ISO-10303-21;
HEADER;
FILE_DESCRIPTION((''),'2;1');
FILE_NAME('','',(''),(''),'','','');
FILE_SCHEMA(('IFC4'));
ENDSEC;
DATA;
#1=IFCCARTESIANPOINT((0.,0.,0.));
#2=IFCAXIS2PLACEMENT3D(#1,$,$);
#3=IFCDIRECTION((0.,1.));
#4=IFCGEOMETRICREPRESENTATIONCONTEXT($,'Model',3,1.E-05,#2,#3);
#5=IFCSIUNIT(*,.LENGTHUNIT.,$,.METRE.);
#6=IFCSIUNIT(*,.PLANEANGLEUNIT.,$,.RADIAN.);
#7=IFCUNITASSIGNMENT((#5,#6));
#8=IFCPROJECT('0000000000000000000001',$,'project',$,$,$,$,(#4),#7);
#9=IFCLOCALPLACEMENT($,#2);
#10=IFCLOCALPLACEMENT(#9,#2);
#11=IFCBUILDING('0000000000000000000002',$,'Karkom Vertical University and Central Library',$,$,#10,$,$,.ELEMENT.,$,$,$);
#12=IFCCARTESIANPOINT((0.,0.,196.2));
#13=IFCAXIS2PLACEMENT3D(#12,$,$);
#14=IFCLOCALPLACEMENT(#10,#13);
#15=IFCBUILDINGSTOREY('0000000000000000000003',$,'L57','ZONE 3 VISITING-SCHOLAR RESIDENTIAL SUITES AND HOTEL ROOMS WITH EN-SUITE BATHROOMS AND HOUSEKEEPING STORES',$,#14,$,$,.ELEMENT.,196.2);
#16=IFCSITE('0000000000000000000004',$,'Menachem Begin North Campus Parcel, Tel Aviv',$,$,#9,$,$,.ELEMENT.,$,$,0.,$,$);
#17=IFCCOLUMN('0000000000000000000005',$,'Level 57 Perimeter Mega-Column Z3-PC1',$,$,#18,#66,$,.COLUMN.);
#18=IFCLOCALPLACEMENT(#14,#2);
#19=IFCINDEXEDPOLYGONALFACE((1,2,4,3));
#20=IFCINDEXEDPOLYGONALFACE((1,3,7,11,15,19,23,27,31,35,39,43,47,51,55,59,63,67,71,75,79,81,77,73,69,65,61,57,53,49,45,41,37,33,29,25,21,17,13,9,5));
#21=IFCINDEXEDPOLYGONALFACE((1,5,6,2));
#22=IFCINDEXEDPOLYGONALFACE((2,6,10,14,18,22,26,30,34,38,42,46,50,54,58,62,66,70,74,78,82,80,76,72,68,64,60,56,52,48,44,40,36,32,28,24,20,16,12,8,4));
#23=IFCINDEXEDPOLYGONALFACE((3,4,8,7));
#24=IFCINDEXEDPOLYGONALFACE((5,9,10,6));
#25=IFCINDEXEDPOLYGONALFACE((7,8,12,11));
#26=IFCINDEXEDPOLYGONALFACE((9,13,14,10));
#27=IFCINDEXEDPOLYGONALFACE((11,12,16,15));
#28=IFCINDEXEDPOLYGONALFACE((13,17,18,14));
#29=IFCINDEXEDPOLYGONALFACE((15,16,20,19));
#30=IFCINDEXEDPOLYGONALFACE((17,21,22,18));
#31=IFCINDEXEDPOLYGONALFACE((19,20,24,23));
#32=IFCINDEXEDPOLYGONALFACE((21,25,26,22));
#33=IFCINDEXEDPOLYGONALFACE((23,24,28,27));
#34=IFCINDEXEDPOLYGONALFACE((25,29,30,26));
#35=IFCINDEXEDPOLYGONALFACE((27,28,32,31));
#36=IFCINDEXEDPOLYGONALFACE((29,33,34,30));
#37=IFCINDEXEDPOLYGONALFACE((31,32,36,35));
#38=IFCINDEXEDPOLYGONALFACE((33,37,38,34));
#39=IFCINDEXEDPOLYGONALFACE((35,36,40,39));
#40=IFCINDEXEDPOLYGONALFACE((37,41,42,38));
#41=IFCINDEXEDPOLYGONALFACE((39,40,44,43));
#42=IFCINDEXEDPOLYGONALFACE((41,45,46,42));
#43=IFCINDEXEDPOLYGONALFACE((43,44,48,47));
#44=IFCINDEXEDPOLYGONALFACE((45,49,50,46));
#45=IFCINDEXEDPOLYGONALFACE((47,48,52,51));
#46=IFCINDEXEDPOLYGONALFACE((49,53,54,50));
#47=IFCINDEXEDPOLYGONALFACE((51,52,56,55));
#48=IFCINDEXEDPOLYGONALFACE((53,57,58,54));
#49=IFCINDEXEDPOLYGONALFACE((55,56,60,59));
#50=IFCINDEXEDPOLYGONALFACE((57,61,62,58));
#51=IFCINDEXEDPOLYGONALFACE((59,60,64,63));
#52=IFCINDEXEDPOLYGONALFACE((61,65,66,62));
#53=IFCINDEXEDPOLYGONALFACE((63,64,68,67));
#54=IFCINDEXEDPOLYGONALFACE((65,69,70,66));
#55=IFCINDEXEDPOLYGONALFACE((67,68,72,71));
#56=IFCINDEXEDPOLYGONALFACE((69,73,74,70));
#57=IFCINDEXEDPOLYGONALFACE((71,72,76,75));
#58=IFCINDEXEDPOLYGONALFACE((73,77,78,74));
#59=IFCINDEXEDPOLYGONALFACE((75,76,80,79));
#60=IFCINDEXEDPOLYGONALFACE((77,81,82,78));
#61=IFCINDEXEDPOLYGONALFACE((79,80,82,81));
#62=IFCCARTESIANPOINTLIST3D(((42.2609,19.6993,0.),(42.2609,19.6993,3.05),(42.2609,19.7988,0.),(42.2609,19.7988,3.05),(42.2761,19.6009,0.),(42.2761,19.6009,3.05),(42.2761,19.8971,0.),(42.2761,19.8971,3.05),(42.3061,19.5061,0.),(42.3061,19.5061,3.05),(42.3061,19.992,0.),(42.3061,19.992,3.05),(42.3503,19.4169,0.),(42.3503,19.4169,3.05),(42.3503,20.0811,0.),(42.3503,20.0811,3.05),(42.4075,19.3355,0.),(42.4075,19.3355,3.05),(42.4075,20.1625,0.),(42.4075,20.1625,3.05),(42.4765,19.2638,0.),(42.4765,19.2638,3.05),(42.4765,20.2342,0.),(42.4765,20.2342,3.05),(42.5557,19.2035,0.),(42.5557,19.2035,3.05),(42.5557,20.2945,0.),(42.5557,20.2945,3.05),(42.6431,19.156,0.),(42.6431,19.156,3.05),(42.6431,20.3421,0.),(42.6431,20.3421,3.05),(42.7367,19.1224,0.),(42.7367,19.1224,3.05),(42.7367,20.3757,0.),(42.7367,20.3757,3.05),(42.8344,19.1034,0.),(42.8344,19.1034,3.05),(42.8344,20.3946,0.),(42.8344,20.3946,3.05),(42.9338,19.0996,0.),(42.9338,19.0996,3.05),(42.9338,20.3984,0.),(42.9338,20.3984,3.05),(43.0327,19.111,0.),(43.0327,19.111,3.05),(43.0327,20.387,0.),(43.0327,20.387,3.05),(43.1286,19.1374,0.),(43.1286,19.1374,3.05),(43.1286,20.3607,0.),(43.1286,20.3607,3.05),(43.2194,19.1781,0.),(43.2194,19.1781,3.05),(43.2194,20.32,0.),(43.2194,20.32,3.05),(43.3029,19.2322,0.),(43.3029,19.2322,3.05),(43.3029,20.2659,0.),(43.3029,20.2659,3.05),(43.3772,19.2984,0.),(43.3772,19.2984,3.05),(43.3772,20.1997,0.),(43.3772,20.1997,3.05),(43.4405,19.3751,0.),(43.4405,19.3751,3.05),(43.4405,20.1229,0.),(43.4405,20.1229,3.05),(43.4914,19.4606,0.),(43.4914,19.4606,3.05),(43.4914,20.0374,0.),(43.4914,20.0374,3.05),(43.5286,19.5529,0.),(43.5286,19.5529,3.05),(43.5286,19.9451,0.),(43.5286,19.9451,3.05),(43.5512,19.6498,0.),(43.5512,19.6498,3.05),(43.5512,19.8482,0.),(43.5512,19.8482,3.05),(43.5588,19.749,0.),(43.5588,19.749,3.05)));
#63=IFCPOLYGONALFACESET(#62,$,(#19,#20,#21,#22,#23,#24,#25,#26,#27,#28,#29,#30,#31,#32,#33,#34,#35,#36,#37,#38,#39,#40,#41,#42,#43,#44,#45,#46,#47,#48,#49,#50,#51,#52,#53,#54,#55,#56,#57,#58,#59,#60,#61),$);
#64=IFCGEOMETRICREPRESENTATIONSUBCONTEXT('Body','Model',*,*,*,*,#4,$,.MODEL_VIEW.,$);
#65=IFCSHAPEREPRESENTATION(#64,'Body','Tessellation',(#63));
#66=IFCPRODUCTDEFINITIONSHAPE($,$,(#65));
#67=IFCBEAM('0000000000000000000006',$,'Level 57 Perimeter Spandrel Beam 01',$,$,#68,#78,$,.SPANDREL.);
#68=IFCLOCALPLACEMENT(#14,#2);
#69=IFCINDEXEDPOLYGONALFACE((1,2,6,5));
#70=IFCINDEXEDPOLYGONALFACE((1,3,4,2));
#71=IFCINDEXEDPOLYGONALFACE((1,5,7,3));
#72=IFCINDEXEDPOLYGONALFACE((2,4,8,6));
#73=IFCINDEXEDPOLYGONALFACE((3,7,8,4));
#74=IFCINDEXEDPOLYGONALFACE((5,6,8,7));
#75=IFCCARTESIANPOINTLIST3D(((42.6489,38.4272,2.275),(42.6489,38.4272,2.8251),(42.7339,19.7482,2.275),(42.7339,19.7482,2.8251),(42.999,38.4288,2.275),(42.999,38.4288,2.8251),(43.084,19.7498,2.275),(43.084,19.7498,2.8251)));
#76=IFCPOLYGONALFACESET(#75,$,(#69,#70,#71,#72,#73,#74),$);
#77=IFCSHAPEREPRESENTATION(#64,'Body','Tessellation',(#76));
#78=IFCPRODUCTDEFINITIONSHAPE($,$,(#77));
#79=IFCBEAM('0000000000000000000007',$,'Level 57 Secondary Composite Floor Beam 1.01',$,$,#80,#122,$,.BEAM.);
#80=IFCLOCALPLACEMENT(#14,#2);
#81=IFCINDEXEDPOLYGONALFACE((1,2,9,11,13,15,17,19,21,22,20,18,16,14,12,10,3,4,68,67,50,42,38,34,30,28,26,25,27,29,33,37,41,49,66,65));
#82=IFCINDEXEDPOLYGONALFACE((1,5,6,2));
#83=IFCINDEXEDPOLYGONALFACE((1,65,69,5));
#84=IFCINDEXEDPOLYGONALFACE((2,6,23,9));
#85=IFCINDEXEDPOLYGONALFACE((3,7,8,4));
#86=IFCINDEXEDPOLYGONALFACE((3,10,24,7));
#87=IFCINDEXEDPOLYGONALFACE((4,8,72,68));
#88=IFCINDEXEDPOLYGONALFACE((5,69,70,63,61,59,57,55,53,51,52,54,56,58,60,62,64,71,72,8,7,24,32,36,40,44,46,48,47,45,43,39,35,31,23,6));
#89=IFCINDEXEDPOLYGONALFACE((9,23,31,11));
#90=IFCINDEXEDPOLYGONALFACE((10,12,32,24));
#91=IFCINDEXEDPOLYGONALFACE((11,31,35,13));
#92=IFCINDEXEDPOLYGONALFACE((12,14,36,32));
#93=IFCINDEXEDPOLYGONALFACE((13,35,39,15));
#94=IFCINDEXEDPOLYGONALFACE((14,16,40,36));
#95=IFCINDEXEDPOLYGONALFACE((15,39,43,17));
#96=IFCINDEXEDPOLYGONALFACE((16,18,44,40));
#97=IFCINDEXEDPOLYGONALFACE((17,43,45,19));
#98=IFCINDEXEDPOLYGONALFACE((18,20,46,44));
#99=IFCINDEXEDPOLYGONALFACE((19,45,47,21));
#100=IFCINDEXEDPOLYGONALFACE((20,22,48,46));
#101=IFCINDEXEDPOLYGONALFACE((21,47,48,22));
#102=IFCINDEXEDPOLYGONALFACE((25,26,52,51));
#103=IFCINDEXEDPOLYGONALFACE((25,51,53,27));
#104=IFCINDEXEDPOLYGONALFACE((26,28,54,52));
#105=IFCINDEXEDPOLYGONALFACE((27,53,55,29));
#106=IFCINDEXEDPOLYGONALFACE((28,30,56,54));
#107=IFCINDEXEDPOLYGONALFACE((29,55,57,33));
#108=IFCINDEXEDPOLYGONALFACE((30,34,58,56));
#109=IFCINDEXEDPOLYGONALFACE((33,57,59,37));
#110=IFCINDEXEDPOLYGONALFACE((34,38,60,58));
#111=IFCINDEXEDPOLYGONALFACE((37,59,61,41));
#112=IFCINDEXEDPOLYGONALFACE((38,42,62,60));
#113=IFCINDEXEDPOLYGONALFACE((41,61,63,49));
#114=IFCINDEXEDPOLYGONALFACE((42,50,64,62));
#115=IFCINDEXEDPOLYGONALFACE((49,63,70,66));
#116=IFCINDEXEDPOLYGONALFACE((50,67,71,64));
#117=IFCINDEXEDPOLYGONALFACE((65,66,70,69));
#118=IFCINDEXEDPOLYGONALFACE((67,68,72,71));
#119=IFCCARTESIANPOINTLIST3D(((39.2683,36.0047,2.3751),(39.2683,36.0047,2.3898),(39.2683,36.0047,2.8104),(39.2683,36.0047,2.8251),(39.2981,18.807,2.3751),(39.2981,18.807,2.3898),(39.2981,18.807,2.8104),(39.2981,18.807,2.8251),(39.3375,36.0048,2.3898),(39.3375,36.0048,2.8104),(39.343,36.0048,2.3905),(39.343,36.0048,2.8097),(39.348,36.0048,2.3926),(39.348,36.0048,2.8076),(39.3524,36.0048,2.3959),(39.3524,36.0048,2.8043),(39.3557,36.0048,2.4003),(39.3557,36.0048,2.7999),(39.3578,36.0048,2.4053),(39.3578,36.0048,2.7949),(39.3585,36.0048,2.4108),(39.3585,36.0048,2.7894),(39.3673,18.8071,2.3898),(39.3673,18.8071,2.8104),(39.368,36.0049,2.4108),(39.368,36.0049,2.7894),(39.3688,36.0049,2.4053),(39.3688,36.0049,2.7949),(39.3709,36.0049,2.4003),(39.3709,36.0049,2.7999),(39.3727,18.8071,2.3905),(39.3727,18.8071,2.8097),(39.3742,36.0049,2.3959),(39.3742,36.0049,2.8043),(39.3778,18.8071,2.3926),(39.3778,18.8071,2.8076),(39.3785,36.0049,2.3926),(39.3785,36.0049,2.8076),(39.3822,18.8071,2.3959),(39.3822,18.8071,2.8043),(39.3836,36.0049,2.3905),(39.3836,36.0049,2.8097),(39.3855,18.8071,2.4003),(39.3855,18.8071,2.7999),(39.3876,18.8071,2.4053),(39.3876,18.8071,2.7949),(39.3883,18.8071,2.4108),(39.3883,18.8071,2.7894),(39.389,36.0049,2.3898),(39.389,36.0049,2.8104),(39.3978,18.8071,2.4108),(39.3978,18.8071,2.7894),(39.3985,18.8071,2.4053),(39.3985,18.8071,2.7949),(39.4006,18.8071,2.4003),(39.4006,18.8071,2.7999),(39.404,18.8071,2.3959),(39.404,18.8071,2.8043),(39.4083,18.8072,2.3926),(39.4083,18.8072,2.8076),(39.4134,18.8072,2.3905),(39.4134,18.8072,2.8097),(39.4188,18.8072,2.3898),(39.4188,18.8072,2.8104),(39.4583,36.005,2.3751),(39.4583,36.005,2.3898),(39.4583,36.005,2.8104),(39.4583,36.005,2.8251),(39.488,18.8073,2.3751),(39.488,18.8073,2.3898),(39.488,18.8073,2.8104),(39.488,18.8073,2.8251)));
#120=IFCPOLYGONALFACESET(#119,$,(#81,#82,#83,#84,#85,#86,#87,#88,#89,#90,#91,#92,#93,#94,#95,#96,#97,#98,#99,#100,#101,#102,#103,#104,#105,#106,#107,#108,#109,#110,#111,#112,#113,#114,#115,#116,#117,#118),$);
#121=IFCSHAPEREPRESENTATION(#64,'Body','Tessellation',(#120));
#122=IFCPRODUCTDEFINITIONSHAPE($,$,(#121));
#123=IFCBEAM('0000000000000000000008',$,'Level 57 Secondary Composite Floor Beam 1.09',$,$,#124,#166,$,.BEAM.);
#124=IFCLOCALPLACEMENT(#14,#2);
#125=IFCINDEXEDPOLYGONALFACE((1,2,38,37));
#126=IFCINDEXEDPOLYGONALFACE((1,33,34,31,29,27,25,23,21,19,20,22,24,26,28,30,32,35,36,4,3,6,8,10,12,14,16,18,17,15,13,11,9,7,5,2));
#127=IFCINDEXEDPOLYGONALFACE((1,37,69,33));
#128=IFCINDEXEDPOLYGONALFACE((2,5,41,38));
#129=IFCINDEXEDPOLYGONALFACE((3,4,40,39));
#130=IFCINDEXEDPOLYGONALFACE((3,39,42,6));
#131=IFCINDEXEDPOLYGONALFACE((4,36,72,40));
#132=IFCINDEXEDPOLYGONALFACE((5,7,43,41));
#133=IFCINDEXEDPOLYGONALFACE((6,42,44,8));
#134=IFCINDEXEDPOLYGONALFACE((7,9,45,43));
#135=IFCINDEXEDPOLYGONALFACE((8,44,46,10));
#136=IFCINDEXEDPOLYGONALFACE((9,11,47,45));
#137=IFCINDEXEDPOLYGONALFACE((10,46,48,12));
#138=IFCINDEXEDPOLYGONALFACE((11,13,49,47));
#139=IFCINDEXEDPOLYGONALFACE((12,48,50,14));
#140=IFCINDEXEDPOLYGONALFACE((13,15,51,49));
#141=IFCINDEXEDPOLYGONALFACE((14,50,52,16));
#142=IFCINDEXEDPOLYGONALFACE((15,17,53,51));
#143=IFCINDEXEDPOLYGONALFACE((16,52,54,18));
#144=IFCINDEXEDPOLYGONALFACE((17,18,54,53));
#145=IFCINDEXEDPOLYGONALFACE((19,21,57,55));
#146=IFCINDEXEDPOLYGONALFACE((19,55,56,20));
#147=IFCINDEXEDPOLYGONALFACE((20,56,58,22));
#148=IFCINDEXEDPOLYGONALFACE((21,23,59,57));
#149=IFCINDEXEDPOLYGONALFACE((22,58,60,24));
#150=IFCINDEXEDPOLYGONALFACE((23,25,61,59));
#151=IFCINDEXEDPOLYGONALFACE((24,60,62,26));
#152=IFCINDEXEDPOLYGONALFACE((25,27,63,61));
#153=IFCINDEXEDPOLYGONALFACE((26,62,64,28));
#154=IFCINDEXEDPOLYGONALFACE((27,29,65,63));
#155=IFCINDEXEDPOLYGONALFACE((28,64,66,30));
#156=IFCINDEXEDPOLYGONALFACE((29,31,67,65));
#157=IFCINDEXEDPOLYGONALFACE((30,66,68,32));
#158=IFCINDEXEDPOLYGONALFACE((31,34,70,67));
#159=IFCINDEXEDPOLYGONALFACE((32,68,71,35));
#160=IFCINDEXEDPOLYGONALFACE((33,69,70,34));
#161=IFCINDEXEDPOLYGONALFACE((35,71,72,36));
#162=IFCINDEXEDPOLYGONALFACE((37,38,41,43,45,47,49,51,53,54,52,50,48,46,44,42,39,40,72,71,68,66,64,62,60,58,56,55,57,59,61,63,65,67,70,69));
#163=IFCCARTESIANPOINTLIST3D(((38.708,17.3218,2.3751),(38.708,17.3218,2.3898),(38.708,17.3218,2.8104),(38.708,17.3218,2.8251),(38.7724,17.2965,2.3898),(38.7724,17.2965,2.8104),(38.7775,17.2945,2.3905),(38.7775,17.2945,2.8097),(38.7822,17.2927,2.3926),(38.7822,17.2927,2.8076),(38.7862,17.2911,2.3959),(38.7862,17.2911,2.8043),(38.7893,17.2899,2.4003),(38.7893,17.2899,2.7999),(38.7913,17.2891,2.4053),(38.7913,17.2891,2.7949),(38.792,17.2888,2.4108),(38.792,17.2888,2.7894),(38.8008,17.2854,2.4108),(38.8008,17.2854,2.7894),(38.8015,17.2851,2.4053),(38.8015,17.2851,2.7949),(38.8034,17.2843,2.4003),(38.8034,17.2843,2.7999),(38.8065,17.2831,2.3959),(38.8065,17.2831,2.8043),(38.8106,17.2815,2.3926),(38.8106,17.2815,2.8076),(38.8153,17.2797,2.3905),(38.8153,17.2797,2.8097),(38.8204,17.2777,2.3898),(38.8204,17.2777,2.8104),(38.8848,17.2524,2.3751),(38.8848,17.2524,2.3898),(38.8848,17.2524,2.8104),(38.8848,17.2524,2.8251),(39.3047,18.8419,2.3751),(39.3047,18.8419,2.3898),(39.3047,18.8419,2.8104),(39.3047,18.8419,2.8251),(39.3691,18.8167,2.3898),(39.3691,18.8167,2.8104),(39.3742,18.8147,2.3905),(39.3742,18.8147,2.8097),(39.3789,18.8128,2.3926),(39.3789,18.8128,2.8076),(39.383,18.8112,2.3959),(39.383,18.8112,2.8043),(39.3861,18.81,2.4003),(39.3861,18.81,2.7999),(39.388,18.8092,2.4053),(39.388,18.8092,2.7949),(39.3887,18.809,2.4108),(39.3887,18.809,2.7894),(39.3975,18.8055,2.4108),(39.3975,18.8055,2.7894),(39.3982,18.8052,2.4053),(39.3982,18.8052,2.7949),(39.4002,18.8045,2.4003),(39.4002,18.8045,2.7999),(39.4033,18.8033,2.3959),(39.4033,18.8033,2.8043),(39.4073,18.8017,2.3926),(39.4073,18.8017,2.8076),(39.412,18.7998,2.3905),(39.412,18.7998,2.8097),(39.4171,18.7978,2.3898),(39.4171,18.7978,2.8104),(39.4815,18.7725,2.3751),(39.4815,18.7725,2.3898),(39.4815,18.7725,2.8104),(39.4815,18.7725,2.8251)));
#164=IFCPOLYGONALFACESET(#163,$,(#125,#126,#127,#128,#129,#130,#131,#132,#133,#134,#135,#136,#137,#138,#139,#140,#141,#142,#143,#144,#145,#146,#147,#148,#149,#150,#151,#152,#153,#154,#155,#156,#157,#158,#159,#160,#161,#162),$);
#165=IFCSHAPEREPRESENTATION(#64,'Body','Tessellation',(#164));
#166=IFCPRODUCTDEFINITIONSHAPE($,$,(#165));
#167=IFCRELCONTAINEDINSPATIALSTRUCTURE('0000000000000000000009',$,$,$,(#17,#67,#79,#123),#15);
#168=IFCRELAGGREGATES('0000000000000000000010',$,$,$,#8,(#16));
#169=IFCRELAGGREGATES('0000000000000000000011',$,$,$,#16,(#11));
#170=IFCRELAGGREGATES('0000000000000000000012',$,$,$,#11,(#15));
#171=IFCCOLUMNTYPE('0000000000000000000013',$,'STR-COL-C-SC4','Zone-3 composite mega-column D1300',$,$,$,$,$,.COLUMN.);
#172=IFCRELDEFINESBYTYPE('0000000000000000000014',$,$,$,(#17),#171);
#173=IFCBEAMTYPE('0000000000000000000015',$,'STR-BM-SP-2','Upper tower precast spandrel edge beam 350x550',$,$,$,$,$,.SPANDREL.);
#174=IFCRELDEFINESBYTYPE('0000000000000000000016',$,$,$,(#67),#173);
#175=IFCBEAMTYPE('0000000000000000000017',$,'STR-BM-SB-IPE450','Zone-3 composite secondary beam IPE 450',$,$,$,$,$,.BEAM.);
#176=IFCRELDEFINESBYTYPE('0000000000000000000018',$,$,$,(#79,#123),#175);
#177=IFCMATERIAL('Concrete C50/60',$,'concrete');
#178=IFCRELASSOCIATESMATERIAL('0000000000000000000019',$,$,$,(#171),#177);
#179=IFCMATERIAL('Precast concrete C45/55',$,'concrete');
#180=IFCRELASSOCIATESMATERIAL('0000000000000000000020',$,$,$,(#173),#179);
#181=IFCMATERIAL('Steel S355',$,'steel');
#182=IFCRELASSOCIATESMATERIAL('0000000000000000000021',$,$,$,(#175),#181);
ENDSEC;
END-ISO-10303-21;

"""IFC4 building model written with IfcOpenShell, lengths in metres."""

from ifc_helpers import new_model, si_unit, direction, frame, origin, origin_with_axes, origin_2d, place, context, subcontext, project, spatial, rectangle, circle, i_section, extrude, source, transform, mapped, material, material_profile, profile_set, type_object, element, save


model = new_model("IFC4")

# Units and contexts
model_context = context("Model", 3, precision=1e-05, world=origin(), true_north=direction((0.0, 1.0)))
body_context = subcontext(model_context, "Body", "Model", "MODEL_VIEW")
ifc_project = project(units=[si_unit("LENGTHUNIT", "METRE"), si_unit("PLANEANGLEUNIT", "RADIAN")], contexts=[model_context])

# Site, building, storey
site_placement = place(None, origin())
site = spatial("IfcSite", under=ifc_project, at=site_placement, Name="Menachem Begin North Campus Parcel, Tel Aviv", CompositionType="ELEMENT", RefElevation=0.0)
building_placement = place(site_placement, origin())
building = spatial("IfcBuilding", under=site, at=building_placement, Name="Karkom Vertical University and Central Library", CompositionType="ELEMENT")
storey_placement = place(building_placement, frame((0.0, 0.0, 196.2)))
storey = spatial("IfcBuildingStorey", under=building, at=storey_placement, Name="L57", Description="ZONE 3 VISITING-SCHOLAR RESIDENTIAL SUITES AND HOTEL ROOMS WITH EN-SUITE BATHROOMS AND HOUSEKEEPING STORES", CompositionType="ELEMENT", Elevation=196.2)

# Column
ifc_material_1 = material(Name="Concrete C50/60", Category="concrete")
ifc_material_profile_1 = material_profile(ifc_material_1, circle(Radius=0.6499, at=origin_2d()), Name="CFT-D1300")
ifc_profile_set_1 = profile_set([ifc_material_profile_1], Name="Concrete C50/60")
column_type = type_object("IfcColumnType", Name="STR-COL-C-SC4", Description="Zone-3 composite mega-column D1300", PredefinedType="COLUMN", material=ifc_profile_set_1)
shared_shape_1 = source(origin_with_axes(), body_context, "Body", "SweptSolid", [
    extrude(circle(Radius=0.6499, at=origin_2d()), origin(), (0.0, 0.0, 1.0), 3.05),
])
column_placement = place(storey_placement, frame((42.9089, 19.749, 0.0), z_axis=(0.0, 0.0, 1.0), x_axis=(1.0, 0.0, 0.0)))
element("IfcColumn", 1, at=column_placement, inside=storey, type_object=column_type, Name="Level 57 Perimeter Mega-Column Z3-PC1", PredefinedType="COLUMN", context=body_context, shape_type="MappedRepresentation", body=[
    mapped(shared_shape_1, transform((0.0, 0.0, 0.0), scale=1.0)),
])

# Beams
ifc_material_2 = material(Name="Precast concrete C45/55", Category="concrete")
ifc_material_profile_2 = material_profile(ifc_material_2, rectangle(XDim=0.3501, YDim=0.55, at=origin_2d()), Name="SPB-350x550")
ifc_profile_set_2 = profile_set([ifc_material_profile_2], Name="Precast concrete C45/55")
beam_type_1 = type_object("IfcBeamType", Name="STR-BM-SP-2", Description="Upper tower precast spandrel edge beam 350x550", PredefinedType="SPANDREL", material=ifc_profile_set_2)
shared_shape_2 = source(origin_with_axes(), body_context, "Body", "SweptSolid", [
    extrude(rectangle(XDim=0.3501, YDim=0.55, at=origin_2d()), origin(), (0.0, 0.0, 1.0), 18.6792),
])
beam_1_placement = place(storey_placement, frame((42.9089, 19.749, 2.55), z_axis=(-0.004548, 0.99999, 0.0), x_axis=(-0.99999, -0.004548, 0.0)))
element("IfcBeam", 2, at=beam_1_placement, inside=storey, type_object=beam_type_1, Name="Level 57 Perimeter Spandrel Beam 01", PredefinedType="SPANDREL", context=body_context, shape_type="MappedRepresentation", body=[
    mapped(shared_shape_2, transform((0.0, 0.0, 0.0), scale=1.0)),
])
ifc_material_3 = material(Name="Steel S355", Category="steel")
ifc_material_profile_3 = material_profile(ifc_material_3, i_section(OverallWidth=0.1899, OverallDepth=0.45, WebThickness=0.0095, FlangeThickness=0.0146, FilletRadius=0.021, at=origin_2d()), Name="IPE 450")
ifc_profile_set_3 = profile_set([ifc_material_profile_3], Name="Steel S355")
beam_type_2 = type_object("IfcBeamType", Name="STR-BM-SB-IPE450", Description="Zone-3 composite secondary beam IPE 450", PredefinedType="BEAM", material=ifc_profile_set_3)
shared_shape_3 = source(origin_with_axes(), body_context, "Body", "SweptSolid", [
    extrude(i_section(OverallWidth=0.1899, OverallDepth=0.45, WebThickness=0.0095, FlangeThickness=0.0146, FilletRadius=0.021, at=origin_2d()), origin(), (0.0, 0.0, 1.0), 17.1978),
])
beam_2_placement = place(storey_placement, frame((39.3931, 18.8071, 2.6001), z_axis=(-0.001732, 0.999999, 0.0), x_axis=(-0.999999, -0.001732, 0.0)))
element("IfcBeam", 3, at=beam_2_placement, inside=storey, type_object=beam_type_2, Name="Level 57 Secondary Composite Floor Beam 1.01", PredefinedType="BEAM", context=body_context, shape_type="MappedRepresentation", body=[
    mapped(shared_shape_3, transform((0.0, 0.0, 0.0), scale=1.0)),
])
shared_shape_4 = source(origin_with_axes(), body_context, "Body", "SweptSolid", [
    extrude(i_section(OverallWidth=0.1899, OverallDepth=0.45, WebThickness=0.0095, FlangeThickness=0.0146, FilletRadius=0.021, at=origin_2d()), origin(), (0.0, 0.0, 1.0), 1.6331),
])
beam_3_placement = place(storey_placement, frame((38.7964, 17.2871, 2.6001), z_axis=(0.365403, 0.93085, 0.0), x_axis=(-0.93085, 0.365403, 0.0)))
element("IfcBeam", 4, at=beam_3_placement, inside=storey, type_object=beam_type_2, Name="Level 57 Secondary Composite Floor Beam 1.09", PredefinedType="BEAM", context=body_context, shape_type="MappedRepresentation", body=[
    mapped(shared_shape_4, transform((0.0, 0.0, 0.0), scale=1.0)),
])

save(model, "model.ifc")
